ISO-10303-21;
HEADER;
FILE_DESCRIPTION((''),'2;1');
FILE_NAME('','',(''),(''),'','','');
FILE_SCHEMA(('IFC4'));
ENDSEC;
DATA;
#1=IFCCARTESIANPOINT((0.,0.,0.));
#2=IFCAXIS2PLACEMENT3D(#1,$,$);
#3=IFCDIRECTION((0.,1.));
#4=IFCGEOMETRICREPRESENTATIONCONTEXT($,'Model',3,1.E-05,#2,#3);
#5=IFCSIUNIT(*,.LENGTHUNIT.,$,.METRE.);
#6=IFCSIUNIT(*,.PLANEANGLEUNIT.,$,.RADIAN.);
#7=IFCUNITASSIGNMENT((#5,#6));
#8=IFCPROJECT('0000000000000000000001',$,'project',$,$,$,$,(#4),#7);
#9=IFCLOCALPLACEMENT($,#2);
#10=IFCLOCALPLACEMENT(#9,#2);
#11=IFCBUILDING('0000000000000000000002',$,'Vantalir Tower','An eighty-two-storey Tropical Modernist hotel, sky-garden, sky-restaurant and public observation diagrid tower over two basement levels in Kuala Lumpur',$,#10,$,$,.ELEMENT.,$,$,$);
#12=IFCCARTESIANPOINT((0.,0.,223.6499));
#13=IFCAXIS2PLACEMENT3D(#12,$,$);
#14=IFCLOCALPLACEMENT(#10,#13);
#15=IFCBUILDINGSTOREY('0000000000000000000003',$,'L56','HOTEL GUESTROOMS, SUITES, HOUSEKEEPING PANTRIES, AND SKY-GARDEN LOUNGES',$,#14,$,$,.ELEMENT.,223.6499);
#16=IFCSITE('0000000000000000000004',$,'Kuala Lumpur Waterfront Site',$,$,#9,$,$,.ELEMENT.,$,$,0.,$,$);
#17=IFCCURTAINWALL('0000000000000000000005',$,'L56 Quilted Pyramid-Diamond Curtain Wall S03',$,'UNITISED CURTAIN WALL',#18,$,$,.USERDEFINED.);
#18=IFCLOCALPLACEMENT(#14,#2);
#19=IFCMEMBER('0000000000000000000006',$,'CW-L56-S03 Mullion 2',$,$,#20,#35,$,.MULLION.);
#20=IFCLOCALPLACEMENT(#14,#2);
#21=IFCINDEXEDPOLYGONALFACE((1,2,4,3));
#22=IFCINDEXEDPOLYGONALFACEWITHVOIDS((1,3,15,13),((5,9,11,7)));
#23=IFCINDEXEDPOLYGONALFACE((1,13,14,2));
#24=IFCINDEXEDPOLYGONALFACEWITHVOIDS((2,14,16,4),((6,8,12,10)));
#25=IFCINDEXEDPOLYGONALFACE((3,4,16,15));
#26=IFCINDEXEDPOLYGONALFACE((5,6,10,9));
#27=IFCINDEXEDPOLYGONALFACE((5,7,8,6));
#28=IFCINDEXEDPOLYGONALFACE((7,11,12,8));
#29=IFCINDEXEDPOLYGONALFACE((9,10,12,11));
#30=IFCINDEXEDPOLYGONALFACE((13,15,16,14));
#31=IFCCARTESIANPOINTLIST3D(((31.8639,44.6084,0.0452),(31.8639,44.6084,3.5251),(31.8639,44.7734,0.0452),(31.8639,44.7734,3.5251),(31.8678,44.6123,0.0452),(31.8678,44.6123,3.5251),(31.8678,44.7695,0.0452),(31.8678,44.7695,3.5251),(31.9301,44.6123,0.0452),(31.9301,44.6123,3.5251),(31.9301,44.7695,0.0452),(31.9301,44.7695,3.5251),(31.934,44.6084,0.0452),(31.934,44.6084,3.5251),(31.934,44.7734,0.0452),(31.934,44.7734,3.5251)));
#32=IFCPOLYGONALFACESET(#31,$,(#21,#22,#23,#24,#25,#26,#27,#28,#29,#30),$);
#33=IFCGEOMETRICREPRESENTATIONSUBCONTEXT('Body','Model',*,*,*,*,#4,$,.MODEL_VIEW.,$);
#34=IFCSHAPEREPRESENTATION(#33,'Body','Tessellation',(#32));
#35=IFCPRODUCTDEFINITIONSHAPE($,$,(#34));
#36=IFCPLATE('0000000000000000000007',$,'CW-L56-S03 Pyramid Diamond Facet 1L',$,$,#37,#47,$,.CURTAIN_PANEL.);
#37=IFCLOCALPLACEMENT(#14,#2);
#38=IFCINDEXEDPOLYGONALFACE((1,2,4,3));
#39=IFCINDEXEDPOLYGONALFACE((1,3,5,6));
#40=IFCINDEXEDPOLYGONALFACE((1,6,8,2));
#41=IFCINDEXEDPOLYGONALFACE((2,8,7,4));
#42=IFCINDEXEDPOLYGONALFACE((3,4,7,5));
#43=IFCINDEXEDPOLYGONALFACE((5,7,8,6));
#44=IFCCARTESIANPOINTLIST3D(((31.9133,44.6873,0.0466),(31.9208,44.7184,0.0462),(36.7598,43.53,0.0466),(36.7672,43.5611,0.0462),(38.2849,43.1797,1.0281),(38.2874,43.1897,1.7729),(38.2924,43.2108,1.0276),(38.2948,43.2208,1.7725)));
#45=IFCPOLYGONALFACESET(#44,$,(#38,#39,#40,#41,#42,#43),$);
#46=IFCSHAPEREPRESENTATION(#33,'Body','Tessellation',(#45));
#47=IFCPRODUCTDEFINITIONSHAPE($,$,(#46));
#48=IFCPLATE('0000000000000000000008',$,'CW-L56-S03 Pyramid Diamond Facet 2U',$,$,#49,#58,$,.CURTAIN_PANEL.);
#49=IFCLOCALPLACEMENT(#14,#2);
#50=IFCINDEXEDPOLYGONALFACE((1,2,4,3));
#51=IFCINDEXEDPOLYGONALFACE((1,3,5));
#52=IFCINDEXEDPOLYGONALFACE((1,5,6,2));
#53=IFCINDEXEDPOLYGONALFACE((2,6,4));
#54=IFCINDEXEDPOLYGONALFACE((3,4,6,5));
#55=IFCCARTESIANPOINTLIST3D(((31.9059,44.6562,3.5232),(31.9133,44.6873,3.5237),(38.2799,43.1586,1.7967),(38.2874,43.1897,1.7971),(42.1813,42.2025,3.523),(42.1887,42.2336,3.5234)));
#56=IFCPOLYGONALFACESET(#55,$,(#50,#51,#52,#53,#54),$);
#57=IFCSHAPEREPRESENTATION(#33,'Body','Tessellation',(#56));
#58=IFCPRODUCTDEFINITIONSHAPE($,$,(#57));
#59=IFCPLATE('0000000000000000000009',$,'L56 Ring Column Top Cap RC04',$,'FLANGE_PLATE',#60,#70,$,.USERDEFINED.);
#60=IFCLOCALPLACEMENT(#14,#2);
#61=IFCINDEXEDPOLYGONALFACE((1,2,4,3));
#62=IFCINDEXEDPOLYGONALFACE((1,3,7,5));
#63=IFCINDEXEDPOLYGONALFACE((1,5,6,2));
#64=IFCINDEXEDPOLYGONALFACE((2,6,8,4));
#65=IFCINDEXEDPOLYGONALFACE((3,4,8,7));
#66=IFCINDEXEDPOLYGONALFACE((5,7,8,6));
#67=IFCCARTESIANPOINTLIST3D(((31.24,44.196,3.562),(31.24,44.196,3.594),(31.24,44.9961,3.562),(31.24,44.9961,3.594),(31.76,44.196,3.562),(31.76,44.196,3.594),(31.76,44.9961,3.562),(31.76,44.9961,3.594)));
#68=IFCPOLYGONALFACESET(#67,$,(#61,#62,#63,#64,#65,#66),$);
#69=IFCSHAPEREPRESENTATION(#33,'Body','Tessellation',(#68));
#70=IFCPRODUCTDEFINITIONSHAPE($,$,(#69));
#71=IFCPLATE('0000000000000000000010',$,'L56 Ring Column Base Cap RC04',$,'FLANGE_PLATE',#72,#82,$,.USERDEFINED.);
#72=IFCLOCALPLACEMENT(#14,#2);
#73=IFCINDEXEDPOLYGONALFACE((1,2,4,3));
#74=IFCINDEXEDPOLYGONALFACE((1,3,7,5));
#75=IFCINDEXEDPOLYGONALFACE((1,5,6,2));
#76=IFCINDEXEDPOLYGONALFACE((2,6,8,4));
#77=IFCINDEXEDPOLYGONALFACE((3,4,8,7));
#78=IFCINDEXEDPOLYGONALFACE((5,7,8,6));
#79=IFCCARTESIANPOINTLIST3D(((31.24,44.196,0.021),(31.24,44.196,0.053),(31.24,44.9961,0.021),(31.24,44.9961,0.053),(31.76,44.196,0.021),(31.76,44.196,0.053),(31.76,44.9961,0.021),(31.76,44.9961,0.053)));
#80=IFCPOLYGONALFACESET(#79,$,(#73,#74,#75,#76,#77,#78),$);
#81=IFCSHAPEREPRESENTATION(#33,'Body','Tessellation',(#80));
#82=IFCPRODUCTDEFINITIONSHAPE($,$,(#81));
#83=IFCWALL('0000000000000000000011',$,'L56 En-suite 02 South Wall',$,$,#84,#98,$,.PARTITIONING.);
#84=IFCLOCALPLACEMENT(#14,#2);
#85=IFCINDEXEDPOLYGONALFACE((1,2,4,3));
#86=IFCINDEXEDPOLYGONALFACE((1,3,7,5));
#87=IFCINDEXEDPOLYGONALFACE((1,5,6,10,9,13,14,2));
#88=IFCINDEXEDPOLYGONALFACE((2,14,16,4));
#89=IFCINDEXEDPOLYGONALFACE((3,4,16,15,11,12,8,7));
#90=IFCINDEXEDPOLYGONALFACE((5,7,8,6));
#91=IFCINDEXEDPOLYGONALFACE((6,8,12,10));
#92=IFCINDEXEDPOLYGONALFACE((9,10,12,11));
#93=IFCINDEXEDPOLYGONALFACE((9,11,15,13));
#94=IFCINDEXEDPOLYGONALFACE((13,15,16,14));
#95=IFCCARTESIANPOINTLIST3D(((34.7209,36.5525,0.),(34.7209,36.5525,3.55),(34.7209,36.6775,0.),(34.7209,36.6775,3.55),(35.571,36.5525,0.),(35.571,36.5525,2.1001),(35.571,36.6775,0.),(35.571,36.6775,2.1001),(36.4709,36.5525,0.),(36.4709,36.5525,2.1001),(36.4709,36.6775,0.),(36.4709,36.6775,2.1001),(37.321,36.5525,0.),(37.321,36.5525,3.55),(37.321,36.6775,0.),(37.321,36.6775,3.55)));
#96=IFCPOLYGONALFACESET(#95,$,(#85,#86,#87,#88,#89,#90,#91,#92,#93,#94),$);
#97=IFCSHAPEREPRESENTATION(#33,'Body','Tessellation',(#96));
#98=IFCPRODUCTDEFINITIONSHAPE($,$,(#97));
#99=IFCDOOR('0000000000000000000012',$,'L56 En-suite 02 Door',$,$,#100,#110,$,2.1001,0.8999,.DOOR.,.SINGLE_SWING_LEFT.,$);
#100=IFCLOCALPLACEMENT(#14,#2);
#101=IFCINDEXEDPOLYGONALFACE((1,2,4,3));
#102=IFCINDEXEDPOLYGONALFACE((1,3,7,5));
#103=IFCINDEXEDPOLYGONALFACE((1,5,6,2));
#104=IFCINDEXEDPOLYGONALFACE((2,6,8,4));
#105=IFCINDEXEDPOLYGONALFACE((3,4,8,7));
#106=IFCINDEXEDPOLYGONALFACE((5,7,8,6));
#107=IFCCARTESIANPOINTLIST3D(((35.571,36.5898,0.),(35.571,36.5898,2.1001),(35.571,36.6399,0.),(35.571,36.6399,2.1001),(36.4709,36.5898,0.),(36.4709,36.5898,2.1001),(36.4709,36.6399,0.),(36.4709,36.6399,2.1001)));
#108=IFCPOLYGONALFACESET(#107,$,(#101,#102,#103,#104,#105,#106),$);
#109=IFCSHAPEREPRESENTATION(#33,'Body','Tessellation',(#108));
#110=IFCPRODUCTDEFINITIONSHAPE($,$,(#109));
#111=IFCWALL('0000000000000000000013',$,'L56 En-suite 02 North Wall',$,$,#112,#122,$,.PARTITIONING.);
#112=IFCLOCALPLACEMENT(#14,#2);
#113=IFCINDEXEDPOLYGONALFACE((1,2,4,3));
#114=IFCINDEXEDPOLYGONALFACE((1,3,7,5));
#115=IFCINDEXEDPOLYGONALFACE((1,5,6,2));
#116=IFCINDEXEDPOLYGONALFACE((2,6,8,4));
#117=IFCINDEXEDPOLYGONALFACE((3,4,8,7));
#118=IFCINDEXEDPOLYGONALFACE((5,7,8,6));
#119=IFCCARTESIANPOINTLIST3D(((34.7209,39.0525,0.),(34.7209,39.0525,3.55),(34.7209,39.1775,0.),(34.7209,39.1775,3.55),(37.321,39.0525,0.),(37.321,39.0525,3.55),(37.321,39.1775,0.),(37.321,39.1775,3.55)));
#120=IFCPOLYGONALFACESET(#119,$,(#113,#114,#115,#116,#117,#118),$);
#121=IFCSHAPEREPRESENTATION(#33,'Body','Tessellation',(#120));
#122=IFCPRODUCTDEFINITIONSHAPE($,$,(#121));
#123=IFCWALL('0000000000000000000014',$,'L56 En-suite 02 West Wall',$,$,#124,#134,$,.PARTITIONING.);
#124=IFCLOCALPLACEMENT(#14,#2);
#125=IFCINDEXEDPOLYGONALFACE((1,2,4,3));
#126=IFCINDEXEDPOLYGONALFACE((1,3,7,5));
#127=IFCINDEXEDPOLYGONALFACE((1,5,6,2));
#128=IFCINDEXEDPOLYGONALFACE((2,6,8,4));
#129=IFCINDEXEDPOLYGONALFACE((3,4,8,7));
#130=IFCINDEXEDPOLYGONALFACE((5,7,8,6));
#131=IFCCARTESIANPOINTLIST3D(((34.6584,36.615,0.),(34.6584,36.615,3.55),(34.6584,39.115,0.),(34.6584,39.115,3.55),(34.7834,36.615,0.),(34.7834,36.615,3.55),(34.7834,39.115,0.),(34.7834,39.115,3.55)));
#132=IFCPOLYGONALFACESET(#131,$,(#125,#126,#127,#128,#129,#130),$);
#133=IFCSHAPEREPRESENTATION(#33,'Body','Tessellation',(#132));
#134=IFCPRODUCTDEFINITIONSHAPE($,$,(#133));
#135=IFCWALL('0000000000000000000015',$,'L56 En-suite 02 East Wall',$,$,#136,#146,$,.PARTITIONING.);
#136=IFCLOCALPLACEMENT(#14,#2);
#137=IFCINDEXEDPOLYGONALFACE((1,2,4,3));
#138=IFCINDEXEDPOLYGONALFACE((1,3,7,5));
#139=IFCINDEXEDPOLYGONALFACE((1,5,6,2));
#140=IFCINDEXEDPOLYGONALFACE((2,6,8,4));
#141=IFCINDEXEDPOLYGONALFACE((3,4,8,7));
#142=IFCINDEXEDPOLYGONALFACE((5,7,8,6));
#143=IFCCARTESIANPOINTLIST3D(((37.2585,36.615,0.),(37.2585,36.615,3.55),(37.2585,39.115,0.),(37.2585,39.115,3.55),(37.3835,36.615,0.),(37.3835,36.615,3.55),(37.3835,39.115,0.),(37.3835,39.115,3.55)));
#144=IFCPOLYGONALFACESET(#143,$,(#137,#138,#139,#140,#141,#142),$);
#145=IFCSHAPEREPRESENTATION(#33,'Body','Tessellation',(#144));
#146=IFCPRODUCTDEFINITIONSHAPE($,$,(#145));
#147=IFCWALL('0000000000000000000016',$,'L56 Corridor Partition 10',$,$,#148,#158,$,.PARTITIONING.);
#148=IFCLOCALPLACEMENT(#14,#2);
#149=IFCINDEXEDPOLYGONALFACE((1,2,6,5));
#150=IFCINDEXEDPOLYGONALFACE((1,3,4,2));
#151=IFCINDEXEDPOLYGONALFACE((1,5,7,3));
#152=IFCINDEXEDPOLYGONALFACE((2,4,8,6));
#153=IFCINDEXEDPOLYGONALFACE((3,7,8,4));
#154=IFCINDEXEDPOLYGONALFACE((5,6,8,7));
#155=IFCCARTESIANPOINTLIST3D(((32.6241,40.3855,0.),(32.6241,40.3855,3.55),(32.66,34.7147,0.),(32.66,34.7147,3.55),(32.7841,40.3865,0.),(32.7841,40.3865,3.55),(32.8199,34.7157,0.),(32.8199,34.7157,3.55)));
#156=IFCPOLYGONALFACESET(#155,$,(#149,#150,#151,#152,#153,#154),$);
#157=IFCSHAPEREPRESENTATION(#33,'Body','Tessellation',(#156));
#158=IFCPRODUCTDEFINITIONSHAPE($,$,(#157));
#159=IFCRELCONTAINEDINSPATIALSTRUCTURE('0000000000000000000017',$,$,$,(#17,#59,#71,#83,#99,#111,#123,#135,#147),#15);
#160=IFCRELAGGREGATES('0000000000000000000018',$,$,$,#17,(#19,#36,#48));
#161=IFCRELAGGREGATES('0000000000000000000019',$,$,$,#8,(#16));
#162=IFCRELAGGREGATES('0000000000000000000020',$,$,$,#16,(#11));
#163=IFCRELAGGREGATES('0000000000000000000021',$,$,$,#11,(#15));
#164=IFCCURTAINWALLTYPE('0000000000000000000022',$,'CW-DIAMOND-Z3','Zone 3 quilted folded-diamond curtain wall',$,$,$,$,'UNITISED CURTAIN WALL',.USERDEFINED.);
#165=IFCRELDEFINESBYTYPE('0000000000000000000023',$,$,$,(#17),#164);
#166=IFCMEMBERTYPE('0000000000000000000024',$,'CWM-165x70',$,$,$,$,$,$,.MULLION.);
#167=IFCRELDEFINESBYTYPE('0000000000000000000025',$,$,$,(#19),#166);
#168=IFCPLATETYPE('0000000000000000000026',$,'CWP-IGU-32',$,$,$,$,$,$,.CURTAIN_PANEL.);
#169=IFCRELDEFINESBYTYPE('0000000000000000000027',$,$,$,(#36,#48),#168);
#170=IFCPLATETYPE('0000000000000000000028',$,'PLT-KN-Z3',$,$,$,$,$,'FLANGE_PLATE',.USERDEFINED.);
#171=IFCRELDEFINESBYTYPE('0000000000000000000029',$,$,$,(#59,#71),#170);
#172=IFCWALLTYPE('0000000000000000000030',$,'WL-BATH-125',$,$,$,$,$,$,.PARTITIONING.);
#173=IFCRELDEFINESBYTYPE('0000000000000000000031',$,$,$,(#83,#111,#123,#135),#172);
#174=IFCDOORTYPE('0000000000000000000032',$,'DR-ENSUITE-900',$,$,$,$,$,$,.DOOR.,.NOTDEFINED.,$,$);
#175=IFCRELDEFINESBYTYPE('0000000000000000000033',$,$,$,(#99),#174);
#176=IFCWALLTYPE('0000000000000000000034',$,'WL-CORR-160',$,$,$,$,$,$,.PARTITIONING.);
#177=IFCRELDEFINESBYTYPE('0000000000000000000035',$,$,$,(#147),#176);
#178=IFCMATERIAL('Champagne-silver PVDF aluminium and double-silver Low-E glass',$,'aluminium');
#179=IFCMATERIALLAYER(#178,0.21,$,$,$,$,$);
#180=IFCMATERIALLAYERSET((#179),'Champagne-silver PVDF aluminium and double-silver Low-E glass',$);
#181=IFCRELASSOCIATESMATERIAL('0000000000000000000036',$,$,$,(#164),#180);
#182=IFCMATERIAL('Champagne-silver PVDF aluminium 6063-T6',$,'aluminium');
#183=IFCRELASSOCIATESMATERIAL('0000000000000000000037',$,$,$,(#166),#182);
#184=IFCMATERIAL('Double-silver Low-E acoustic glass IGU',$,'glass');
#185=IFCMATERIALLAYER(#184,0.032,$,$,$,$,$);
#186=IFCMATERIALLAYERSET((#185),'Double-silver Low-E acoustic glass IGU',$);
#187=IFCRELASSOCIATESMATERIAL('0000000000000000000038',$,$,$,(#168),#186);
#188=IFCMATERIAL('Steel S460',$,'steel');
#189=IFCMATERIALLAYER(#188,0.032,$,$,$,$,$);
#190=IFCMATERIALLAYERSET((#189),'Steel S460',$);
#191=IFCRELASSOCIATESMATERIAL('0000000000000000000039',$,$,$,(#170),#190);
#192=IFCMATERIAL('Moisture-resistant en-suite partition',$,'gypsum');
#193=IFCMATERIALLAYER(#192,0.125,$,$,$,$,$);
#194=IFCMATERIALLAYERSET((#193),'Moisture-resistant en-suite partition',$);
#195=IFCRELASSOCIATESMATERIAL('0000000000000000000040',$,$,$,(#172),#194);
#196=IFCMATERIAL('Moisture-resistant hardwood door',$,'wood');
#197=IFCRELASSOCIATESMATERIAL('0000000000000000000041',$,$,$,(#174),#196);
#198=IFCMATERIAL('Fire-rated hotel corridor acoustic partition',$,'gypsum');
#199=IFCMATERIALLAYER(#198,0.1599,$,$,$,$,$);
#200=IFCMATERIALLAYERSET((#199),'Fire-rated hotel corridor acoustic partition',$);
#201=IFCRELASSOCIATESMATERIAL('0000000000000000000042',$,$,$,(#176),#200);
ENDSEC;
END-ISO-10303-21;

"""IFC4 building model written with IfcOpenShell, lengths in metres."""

from ifc_helpers import new_model, si_unit, direction, frame, frame_2d, origin, origin_2d, place, context, subcontext, project, spatial, polyline, rectangle, hollow_rectangle, outline, extrude, material, layer, layer_set, material_profile, profile_set, type_object, element, fill, aggregate, save


model = new_model("IFC4")

# Units and contexts
model_context = context("Model", 3, precision=1e-05, world=origin(), true_north=direction((0.0, 1.0)))
body_context = subcontext(model_context, "Body", "Model", "MODEL_VIEW")
ifc_project = project(units=[si_unit("LENGTHUNIT", "METRE"), si_unit("PLANEANGLEUNIT", "RADIAN")], contexts=[model_context])

# Site, building, storey
site_placement = place(None, origin())
site = spatial("IfcSite", under=ifc_project, at=site_placement, Name="Kuala Lumpur Waterfront Site", CompositionType="ELEMENT", RefElevation=0.0)
building_placement = place(site_placement, origin())
building = spatial("IfcBuilding", under=site, at=building_placement, Name="Vantalir Tower", Description="An eighty-two-storey Tropical Modernist hotel, sky-garden, sky-restaurant and public observation diagrid tower over two basement levels in Kuala Lumpur", CompositionType="ELEMENT")
storey_placement = place(building_placement, frame((0.0, 0.0, 223.6499)))
storey = spatial("IfcBuildingStorey", under=building, at=storey_placement, Name="L56", Description="HOTEL GUESTROOMS, SUITES, HOUSEKEEPING PANTRIES, AND SKY-GARDEN LOUNGES", CompositionType="ELEMENT", Elevation=223.6499)

# Shared definitions
ifc_material_1 = material(Name="Steel S460", Category="steel")

# Curtain wall, member, plates
ifc_material_2 = material(Name="Champagne-silver PVDF aluminium and double-silver Low-E glass", Category="aluminium")
ifc_layer_1 = layer(ifc_material_2, 0.21)
ifc_layer_set_1 = layer_set([ifc_layer_1], Name="Champagne-silver PVDF aluminium and double-silver Low-E glass")
curtain_wall_type = type_object("IfcCurtainWallType", Name="CW-DIAMOND-Z3", Description="Zone 3 quilted folded-diamond curtain wall", ElementType="UNITISED CURTAIN WALL", PredefinedType="USERDEFINED", material=ifc_layer_set_1)
curtain_wall_placement = place(storey_placement, origin())
curtain_wall = element("IfcCurtainWall", 1, at=curtain_wall_placement, inside=storey, type_object=curtain_wall_type, Name="L56 Quilted Pyramid-Diamond Curtain Wall S03", ObjectType="UNITISED CURTAIN WALL", PredefinedType="USERDEFINED")
ifc_material_3 = material(Name="Champagne-silver PVDF aluminium 6063-T6", Category="aluminium")
ifc_material_profile_1 = material_profile(ifc_material_3, hollow_rectangle(XDim=0.0701, YDim=0.165, WallThickness=0.0039, at=origin_2d()), Name="Champagne-silver PVDF aluminium 6063-T6")
ifc_profile_set_1 = profile_set([ifc_material_profile_1], Name="Champagne-silver PVDF aluminium 6063-T6")
member_type = type_object("IfcMemberType", Name="CWM-165x70", PredefinedType="MULLION", material=ifc_profile_set_1)
member_placement = place(storey_placement, frame((31.8989, 44.6909, 0.0452), z_axis=(0.0, 0.0, 1.0), x_axis=(1.0, 0.0, 0.0)))
member = element("IfcMember", 2, at=member_placement, type_object=member_type, Name="CW-L56-S03 Mullion 2", PredefinedType="MULLION", context=body_context, shape_type="SweptSolid", body=[
    extrude(hollow_rectangle(XDim=0.0701, YDim=0.165, WallThickness=0.0039, at=origin_2d()), origin(), (0.0, 0.0, 1.0), 3.48),
])
ifc_material_4 = material(Name="Double-silver Low-E acoustic glass IGU", Category="glass")
ifc_layer_2 = layer(ifc_material_4, 0.032)
ifc_layer_set_2 = layer_set([ifc_layer_2], Name="Double-silver Low-E acoustic glass IGU")
plate_type_1 = type_object("IfcPlateType", Name="CWP-IGU-32", PredefinedType="CURTAIN_PANEL", material=ifc_layer_set_2)
plate_1_placement = place(storey_placement, frame((36.7598, 43.53, 0.0466), z_axis=(-0.232237, -0.972562, 0.013768), x_axis=(-0.972654, 0.232259, 0.0)))
plate_1 = element("IfcPlate", 3, at=plate_1_placement, type_object=plate_type_1, Name="CW-L56-S03 Pyramid Diamond Facet 1L", PredefinedType="CURTAIN_PANEL", context=body_context, shape_type="SweptSolid", body=[
    extrude(outline(polyline([(0.0, 0.0), (4.9827, 0.0), (-1.5649, -1.7265), (-1.5648, -0.9815), (0.0, 0.0)])), origin(), (0.0, 0.0, -1.0), 0.032),
])
plate_2_placement = place(storey_placement, frame((31.9133, 44.6873, 3.5237), z_axis=(0.232234, 0.972562, 0.013782), x_axis=(0.972655, -0.232256, -0.000023)))
plate_2 = element("IfcPlate", 4, at=plate_2_placement, type_object=plate_type_1, Name="CW-L56-S03 Pyramid Diamond Facet 2U", PredefinedType="CURTAIN_PANEL", context=body_context, shape_type="SweptSolid", body=[
    extrude(outline(polyline([(0.0, 0.0), (10.5643, 0.0), (6.5476, 1.7266), (0.0, 0.0)])), origin(), (0.0, 0.0, -1.0), 0.032),
])
aggregate(curtain_wall, [member, plate_1, plate_2])

# Plates
ifc_layer_3 = layer(ifc_material_1, 0.032)
ifc_layer_set_3 = layer_set([ifc_layer_3], Name="Steel S460")
plate_type_2 = type_object("IfcPlateType", Name="PLT-KN-Z3", ElementType="FLANGE_PLATE", PredefinedType="USERDEFINED", material=ifc_layer_set_3)
for number, where, z_axis, x_axis, name in (
    (5, (31.24, 44.9961, 3.594), (0.0, 0.0, 1.0), (0.0, -1.0, 0.0), "L56 Ring Column Top Cap RC04"),
    (6, (31.24, 44.9961, 0.053), (0.0, 0.0, 1.0), (0.0, -1.0, 0.0), "L56 Ring Column Base Cap RC04"),
):
    element("IfcPlate", number, at=place(storey_placement, frame(where, z_axis=z_axis, x_axis=x_axis)), inside=storey, type_object=plate_type_2, Name=name, ObjectType="FLANGE_PLATE", PredefinedType="USERDEFINED", context=body_context, shape_type="SweptSolid", body=[
        extrude(outline(polyline([(0.0, 0.0), (0.8, 0.0), (0.8, 0.52), (0.0, 0.52), (0.0, 0.0)])), origin(), (0.0, 0.0, -1.0), 0.032),
    ])

# Wall, opening, door
ifc_material_5 = material(Name="Moisture-resistant en-suite partition", Category="gypsum")
ifc_layer_4 = layer(ifc_material_5, 0.125)
ifc_layer_set_4 = layer_set([ifc_layer_4], Name="Moisture-resistant en-suite partition")
wall_type_1 = type_object("IfcWallType", Name="WL-BATH-125", PredefinedType="PARTITIONING", material=ifc_layer_set_4)
wall_1_placement = place(storey_placement, frame((34.7209, 36.615, 0.0), z_axis=(0.0, 0.0, 1.0), x_axis=(1.0, 0.0, 0.0)))
wall_1 = element("IfcWall", 7, at=wall_1_placement, inside=storey, type_object=wall_type_1, Name="L56 En-suite 02 South Wall", PredefinedType="PARTITIONING", context=body_context, shape_type="SweptSolid", body=[
    extrude(rectangle(XDim=2.6001, YDim=0.125, at=frame_2d((1.3, 0.0))), origin(), (0.0, 0.0, 1.0), 3.55),
])
opening_1_placement = place(wall_1_placement, frame((0.8501, 0.0, 0.0)))
opening_1 = element("IfcOpeningElement", 8, at=opening_1_placement, cuts=wall_1, PredefinedType="OPENING", context=body_context, shape_type="SweptSolid", body=[
    extrude(rectangle(XDim=0.8999, YDim=2.1001, at=frame_2d((0.45, 1.05))), frame((0.0, 0.0725, 0.0), z_axis=(0.0, -1.0, 0.0), x_axis=(1.0, 0.0, 0.0)), (0.0, 0.0, 1.0), 0.145),
])
ifc_material_6 = material(Name="Moisture-resistant hardwood door", Category="wood")
door_type_1 = type_object("IfcDoorType", Name="DR-ENSUITE-900", OperationType="NOTDEFINED", PredefinedType="DOOR", material=ifc_material_6)
door_1_placement = place(opening_1_placement, origin())
door_1 = element("IfcDoor", 9, at=door_1_placement, inside=storey, type_object=door_type_1, Name="L56 En-suite 02 Door", OperationType="SINGLE_SWING_LEFT", OverallHeight=2.1001, OverallWidth=0.8999, PredefinedType="DOOR", context=body_context, shape_type="SweptSolid", body=[
    extrude(rectangle(XDim=0.8999, YDim=2.1001, at=frame_2d((0.45, 1.05))), frame((0.0, 0.0249, 0.0), z_axis=(0.0, -1.0, 0.0), x_axis=(1.0, 0.0, 0.0)), (0.0, 0.0, 1.0), 0.05),
])
fill(opening_1, door_1)

# Walls
wall_2_placement = place(storey_placement, frame((34.7209, 39.115, 0.0), z_axis=(0.0, 0.0, 1.0), x_axis=(1.0, 0.0, 0.0)))
element("IfcWall", 10, at=wall_2_placement, inside=storey, type_object=wall_type_1, Name="L56 En-suite 02 North Wall", PredefinedType="PARTITIONING", context=body_context, shape_type="SweptSolid", body=[
    extrude(rectangle(XDim=2.6001, YDim=0.125, at=frame_2d((1.3, 0.0))), origin(), (0.0, 0.0, 1.0), 3.55),
])
for number, where, z_axis, x_axis, name in (
    (11, (34.7209, 36.615, 0.0), (0.0, 0.0, 1.0), (0.0, 1.0, 0.0), "L56 En-suite 02 West Wall"),
    (12, (37.321, 36.615, 0.0), (0.0, 0.0, 1.0), (0.0, 1.0, 0.0), "L56 En-suite 02 East Wall"),
):
    element("IfcWall", number, at=place(storey_placement, frame(where, z_axis=z_axis, x_axis=x_axis)), inside=storey, type_object=wall_type_1, Name=name, PredefinedType="PARTITIONING", context=body_context, shape_type="SweptSolid", body=[
        extrude(rectangle(XDim=2.5, YDim=0.125, at=frame_2d((1.25, 0.0))), origin(), (0.0, 0.0, 1.0), 3.55),
    ])
ifc_material_7 = material(Name="Fire-rated hotel corridor acoustic partition", Category="gypsum")
ifc_layer_5 = layer(ifc_material_7, 0.1599)
ifc_layer_set_5 = layer_set([ifc_layer_5], Name="Fire-rated hotel corridor acoustic partition")
wall_type_2 = type_object("IfcWallType", Name="WL-CORR-160", PredefinedType="PARTITIONING", material=ifc_layer_set_5)
wall_3_placement = place(storey_placement, frame((32.7041, 40.386, 0.0), z_axis=(0.0, 0.0, 1.0), x_axis=(0.006328, -0.99998, 0.0)))
element("IfcWall", 13, at=wall_3_placement, inside=storey, type_object=wall_type_2, Name="L56 Corridor Partition 10", PredefinedType="PARTITIONING", context=body_context, shape_type="SweptSolid", body=[
    extrude(rectangle(XDim=5.6709, YDim=0.1599, at=frame_2d((2.8354, 0.0))), origin(), (0.0, 0.0, 1.0), 3.55),
])

save(model, "model.ifc")
